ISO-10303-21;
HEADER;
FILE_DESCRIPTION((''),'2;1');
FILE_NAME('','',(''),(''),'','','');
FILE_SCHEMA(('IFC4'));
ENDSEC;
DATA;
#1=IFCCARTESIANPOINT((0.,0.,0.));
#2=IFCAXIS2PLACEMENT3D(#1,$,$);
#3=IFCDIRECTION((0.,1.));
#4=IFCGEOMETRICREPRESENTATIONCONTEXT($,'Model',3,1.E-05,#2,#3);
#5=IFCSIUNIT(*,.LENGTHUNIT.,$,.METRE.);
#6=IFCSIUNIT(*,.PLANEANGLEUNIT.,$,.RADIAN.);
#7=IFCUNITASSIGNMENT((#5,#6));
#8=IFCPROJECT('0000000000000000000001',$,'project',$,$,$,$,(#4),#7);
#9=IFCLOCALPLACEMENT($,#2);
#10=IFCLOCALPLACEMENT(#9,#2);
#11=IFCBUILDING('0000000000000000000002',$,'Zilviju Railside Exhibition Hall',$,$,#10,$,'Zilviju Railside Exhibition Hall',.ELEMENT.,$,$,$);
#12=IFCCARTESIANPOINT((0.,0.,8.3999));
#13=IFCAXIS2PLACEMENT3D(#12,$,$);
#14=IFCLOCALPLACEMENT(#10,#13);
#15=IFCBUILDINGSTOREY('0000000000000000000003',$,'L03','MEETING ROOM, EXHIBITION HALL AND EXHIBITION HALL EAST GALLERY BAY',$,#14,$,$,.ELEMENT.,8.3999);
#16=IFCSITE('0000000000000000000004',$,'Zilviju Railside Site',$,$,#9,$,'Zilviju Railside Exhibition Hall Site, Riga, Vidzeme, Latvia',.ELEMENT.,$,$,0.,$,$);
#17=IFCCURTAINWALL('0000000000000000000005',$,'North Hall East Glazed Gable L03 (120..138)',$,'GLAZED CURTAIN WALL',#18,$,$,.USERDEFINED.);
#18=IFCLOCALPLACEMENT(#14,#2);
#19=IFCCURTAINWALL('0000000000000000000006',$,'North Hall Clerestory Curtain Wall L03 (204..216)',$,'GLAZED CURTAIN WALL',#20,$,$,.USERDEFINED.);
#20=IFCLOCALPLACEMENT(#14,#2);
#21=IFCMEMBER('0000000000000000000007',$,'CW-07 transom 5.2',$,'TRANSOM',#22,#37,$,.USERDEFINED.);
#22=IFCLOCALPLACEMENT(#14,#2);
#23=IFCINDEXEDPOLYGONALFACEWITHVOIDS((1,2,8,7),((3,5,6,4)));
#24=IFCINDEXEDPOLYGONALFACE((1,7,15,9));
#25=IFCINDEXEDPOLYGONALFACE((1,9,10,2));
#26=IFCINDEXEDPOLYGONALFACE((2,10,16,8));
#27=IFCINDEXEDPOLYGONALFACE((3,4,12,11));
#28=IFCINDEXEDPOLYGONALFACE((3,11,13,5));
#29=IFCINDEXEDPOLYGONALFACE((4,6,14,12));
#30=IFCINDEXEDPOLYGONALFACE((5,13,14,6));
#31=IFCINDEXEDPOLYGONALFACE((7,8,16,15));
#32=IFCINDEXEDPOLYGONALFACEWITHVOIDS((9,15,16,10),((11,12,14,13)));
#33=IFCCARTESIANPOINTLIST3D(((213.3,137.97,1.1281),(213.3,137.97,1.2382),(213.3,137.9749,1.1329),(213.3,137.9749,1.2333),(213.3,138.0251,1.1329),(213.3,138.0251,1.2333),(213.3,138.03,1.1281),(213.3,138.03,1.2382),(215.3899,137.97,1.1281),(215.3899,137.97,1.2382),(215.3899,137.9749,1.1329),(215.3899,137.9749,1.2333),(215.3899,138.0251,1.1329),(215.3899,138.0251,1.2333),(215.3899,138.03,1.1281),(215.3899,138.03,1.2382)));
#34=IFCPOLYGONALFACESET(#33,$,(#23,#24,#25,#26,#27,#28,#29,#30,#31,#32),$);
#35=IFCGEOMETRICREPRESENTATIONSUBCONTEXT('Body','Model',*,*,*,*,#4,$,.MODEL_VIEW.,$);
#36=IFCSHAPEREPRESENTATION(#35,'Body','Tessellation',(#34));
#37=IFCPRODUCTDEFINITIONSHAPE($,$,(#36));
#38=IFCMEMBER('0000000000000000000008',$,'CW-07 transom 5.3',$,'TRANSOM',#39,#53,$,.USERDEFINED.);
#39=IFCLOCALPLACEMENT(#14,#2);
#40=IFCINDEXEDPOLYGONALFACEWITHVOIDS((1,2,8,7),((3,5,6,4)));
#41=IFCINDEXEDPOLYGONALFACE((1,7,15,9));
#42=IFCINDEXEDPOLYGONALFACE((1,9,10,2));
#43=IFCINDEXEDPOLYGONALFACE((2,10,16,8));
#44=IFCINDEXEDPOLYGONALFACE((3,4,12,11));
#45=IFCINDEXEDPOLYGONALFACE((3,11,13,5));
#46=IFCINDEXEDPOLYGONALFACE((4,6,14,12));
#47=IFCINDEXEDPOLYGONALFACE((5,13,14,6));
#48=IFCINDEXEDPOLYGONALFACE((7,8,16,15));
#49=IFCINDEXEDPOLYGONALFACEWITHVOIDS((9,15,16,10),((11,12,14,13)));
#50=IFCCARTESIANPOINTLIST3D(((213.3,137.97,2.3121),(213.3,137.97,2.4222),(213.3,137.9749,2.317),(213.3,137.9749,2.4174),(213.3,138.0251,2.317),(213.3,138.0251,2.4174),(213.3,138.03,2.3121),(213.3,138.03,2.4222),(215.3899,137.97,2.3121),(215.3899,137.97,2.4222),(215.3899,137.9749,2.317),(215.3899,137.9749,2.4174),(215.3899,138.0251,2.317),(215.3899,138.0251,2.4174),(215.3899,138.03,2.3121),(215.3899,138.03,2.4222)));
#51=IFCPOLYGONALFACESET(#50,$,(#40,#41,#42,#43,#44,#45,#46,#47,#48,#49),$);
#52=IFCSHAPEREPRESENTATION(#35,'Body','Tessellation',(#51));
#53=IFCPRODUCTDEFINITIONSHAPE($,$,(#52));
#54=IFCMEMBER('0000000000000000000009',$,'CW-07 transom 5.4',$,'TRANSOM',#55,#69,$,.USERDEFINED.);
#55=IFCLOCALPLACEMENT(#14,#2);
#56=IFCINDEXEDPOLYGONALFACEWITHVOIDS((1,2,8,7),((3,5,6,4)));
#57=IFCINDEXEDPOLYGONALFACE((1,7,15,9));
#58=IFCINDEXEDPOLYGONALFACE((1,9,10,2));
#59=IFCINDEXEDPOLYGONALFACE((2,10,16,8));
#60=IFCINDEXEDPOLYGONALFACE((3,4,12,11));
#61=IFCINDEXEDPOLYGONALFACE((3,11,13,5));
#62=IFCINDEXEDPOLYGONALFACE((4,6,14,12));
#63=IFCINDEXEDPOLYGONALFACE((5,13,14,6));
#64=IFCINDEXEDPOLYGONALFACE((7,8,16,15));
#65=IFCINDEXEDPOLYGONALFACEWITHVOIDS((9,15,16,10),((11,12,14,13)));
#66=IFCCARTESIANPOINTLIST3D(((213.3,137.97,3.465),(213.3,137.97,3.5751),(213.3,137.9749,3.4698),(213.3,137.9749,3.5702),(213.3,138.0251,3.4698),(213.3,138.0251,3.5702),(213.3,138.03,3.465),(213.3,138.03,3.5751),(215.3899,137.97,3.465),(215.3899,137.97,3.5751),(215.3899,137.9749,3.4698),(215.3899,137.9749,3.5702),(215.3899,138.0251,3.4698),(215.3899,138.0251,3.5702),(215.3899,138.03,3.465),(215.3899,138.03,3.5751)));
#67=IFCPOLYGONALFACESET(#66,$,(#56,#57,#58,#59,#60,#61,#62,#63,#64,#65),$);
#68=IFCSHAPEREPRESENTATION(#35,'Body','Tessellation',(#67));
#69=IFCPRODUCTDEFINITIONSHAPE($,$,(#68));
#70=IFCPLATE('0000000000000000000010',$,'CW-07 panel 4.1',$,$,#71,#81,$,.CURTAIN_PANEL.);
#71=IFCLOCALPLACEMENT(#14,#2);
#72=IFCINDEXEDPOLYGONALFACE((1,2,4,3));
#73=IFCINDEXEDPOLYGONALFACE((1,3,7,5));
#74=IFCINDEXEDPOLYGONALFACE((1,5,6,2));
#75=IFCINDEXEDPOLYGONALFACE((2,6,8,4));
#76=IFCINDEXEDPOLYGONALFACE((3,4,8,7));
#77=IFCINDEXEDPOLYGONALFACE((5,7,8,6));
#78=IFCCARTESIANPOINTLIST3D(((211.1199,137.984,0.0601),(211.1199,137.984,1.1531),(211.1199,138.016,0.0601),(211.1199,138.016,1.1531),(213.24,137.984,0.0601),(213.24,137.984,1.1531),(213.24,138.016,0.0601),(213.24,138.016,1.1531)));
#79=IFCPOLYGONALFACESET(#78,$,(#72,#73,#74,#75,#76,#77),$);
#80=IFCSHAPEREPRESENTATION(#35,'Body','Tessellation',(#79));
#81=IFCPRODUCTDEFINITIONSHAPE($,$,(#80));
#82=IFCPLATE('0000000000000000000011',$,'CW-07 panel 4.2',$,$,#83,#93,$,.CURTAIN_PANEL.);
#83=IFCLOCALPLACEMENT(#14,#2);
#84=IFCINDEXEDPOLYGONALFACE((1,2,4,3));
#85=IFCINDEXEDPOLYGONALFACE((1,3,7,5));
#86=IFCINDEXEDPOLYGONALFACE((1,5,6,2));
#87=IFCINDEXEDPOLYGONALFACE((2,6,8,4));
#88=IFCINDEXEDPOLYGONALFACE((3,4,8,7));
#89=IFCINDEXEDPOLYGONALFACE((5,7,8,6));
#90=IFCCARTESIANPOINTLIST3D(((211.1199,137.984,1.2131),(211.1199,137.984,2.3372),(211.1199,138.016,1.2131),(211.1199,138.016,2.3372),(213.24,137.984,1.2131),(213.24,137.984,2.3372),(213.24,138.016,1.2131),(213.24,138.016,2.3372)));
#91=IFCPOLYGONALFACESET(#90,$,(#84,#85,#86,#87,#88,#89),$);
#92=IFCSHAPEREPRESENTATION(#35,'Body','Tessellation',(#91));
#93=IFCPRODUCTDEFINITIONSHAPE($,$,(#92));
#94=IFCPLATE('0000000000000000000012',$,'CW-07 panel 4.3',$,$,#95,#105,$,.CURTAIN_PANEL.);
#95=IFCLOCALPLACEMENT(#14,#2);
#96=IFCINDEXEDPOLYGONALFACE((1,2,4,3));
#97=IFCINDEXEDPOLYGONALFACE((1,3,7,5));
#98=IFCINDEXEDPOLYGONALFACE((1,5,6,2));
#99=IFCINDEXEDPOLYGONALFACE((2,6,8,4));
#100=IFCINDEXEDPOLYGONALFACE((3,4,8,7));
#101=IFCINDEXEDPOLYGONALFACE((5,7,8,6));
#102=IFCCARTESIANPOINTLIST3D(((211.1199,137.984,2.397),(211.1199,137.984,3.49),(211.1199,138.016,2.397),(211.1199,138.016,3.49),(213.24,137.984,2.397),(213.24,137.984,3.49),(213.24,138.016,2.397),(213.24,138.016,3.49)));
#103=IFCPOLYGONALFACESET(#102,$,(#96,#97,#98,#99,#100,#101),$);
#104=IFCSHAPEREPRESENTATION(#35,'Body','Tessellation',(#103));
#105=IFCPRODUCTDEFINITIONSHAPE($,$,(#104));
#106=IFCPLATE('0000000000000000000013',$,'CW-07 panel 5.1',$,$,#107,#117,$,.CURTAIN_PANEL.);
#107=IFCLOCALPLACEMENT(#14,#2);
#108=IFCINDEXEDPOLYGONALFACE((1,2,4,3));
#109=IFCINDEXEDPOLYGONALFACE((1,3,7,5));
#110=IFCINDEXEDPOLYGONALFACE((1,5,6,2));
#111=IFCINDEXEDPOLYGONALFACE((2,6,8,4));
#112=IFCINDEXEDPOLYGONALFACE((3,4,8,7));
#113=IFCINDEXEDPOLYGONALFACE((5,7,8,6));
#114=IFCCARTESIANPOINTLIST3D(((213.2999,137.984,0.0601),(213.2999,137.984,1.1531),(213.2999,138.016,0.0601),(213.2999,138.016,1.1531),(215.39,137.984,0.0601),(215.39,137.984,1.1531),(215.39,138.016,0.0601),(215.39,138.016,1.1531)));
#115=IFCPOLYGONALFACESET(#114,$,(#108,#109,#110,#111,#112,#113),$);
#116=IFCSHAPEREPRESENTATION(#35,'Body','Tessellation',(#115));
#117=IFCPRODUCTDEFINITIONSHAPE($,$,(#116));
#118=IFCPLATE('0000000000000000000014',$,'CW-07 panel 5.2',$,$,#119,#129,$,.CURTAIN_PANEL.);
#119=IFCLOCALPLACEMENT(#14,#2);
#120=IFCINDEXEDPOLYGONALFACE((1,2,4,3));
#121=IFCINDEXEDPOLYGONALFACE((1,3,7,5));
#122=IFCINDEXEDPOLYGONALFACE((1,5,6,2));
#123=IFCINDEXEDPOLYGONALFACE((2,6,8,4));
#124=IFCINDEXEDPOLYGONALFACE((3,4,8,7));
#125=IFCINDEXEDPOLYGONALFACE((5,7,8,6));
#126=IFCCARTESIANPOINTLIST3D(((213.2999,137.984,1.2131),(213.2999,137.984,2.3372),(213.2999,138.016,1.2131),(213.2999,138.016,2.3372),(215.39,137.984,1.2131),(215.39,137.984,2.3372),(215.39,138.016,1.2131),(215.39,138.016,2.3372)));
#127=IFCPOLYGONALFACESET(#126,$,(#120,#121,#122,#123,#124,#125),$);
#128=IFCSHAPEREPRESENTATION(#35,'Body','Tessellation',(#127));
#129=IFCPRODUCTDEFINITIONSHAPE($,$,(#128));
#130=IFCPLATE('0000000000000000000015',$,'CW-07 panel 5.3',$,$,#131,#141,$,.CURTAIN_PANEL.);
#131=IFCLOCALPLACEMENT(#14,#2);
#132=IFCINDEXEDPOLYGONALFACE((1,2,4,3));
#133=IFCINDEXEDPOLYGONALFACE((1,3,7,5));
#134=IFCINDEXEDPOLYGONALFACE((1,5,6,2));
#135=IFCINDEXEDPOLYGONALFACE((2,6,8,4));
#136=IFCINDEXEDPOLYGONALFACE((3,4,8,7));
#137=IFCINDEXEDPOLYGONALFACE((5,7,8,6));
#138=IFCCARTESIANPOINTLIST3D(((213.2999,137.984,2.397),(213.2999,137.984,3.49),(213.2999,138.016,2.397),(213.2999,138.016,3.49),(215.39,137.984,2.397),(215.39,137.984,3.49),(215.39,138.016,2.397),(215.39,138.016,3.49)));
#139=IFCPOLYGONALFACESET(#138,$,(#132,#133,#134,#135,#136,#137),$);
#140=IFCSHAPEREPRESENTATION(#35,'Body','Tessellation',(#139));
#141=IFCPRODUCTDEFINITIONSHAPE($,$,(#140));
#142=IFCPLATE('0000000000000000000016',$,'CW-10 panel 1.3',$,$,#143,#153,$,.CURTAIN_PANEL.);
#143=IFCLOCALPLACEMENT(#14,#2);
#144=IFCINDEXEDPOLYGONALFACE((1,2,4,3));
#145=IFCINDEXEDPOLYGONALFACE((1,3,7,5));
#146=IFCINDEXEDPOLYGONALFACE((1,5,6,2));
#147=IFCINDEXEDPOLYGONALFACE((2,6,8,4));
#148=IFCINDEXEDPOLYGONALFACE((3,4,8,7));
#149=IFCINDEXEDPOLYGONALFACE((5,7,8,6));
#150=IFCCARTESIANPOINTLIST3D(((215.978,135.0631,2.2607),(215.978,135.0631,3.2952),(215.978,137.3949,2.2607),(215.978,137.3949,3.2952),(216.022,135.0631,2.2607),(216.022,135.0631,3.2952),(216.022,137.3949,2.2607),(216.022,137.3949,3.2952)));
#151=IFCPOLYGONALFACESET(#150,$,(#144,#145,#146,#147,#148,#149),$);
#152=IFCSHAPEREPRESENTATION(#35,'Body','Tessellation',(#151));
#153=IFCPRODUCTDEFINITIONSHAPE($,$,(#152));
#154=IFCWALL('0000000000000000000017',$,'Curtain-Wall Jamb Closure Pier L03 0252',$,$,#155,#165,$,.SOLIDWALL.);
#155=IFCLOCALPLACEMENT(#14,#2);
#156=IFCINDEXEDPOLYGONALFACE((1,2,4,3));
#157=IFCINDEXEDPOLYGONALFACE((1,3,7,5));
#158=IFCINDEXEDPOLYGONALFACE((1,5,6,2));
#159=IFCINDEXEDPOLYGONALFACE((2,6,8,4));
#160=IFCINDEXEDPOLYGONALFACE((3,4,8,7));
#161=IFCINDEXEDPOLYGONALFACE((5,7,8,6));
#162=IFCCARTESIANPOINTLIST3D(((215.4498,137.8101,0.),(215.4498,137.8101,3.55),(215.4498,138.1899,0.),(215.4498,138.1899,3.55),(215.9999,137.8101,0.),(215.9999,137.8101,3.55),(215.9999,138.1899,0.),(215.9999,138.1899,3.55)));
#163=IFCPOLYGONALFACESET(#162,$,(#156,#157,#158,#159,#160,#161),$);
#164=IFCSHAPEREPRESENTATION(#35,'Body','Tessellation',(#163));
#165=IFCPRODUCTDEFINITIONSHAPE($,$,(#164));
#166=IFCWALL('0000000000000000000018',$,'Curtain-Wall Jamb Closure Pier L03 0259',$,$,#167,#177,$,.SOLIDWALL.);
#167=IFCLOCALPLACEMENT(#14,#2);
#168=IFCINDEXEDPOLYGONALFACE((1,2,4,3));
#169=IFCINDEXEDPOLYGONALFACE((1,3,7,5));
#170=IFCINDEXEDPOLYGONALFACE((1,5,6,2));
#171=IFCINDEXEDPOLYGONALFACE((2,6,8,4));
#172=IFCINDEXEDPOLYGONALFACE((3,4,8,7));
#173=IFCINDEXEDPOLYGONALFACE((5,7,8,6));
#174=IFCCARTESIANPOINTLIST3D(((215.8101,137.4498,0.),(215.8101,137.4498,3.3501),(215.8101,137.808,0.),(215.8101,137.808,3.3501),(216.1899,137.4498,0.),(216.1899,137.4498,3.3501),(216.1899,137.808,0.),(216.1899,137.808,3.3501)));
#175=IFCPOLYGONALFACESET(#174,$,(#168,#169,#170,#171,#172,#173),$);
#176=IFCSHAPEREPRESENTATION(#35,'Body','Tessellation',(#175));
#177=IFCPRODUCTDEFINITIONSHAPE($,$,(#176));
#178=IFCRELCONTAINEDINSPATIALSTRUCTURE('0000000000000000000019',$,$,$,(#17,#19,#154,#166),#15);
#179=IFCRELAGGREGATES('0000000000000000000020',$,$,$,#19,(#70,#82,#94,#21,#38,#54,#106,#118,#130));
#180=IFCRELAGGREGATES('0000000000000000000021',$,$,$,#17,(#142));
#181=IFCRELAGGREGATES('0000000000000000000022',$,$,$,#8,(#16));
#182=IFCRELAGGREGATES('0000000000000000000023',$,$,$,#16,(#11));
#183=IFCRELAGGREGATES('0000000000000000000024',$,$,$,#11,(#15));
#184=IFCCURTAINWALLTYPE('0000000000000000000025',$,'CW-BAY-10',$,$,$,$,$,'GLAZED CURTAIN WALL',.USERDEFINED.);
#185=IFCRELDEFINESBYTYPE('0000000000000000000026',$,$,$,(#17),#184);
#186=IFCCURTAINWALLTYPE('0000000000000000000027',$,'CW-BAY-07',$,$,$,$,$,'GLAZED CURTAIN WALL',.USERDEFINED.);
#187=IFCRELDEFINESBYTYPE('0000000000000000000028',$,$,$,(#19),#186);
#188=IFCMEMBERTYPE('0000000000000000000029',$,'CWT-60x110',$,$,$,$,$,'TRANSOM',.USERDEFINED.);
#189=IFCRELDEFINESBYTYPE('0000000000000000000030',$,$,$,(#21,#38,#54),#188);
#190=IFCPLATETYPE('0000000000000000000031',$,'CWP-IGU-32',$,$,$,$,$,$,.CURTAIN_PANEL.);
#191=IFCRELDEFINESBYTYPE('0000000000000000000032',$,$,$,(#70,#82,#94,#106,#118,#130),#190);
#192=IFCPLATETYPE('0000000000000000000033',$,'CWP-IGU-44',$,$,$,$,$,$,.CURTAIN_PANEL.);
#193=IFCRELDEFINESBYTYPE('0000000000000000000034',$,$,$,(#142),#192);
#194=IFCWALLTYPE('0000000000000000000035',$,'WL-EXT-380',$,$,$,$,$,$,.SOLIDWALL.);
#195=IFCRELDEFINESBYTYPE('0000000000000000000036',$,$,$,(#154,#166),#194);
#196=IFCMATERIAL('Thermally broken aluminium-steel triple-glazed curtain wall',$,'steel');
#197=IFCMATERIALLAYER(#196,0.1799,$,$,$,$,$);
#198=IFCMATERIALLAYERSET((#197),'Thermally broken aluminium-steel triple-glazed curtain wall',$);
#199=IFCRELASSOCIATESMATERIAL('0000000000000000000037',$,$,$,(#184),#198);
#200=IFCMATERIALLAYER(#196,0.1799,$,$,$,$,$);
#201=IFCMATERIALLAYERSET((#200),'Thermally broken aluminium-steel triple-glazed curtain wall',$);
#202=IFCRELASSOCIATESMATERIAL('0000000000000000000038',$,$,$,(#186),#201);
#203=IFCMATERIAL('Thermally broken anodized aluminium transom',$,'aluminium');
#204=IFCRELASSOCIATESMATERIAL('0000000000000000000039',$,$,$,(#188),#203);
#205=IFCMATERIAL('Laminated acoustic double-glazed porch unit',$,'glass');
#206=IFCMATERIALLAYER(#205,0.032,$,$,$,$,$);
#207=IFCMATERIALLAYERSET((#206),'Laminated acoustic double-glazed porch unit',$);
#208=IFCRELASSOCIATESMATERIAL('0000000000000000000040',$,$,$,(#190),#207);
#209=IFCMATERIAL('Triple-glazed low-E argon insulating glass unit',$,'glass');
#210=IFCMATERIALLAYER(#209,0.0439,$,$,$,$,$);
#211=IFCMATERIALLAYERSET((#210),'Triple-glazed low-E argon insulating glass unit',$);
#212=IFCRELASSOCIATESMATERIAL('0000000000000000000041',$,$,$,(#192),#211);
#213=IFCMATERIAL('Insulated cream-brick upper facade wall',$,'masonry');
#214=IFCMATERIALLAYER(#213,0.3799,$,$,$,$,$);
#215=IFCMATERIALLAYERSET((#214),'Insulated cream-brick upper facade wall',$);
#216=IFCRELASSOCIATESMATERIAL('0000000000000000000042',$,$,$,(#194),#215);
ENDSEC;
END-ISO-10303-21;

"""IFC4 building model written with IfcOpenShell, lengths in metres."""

from ifc_helpers import new_model, si_unit, direction, frame, frame_2d, origin, origin_2d, place, context, subcontext, project, spatial, rectangle, hollow_rectangle, extrude, material, layer, layer_set, material_profile, profile_set, type_object, element, aggregate, save


model = new_model("IFC4")

# Units and contexts
model_context = context("Model", 3, precision=1e-05, world=origin(), true_north=direction((0.0, 1.0)))
body_context = subcontext(model_context, "Body", "Model", "MODEL_VIEW")
ifc_project = project(units=[si_unit("LENGTHUNIT", "METRE"), si_unit("PLANEANGLEUNIT", "RADIAN")], contexts=[model_context])

# Site, building, storey
site_placement = place(None, origin())
site = spatial("IfcSite", under=ifc_project, at=site_placement, Name="Zilviju Railside Site", LongName="Zilviju Railside Exhibition Hall Site, Riga, Vidzeme, Latvia", CompositionType="ELEMENT", RefElevation=0.0)
building_placement = place(site_placement, origin())
building = spatial("IfcBuilding", under=site, at=building_placement, Name="Zilviju Railside Exhibition Hall", LongName="Zilviju Railside Exhibition Hall", CompositionType="ELEMENT")
storey_placement = place(building_placement, frame((0.0, 0.0, 8.3999)))
storey = spatial("IfcBuildingStorey", under=building, at=storey_placement, Name="L03", Description="MEETING ROOM, EXHIBITION HALL AND EXHIBITION HALL EAST GALLERY BAY", CompositionType="ELEMENT", Elevation=8.3999)

# Curtain wall
ifc_material_1 = material(Name="Thermally broken aluminium-steel triple-glazed curtain wall", Category="steel")
ifc_layer_1 = layer(ifc_material_1, 0.1799)
ifc_layer_set_1 = layer_set([ifc_layer_1], Name="Thermally broken aluminium-steel triple-glazed curtain wall")
curtain_wall_type_1 = type_object("IfcCurtainWallType", Name="CW-BAY-10", ElementType="GLAZED CURTAIN WALL", PredefinedType="USERDEFINED", material=ifc_layer_set_1)
curtain_wall_1_placement = place(storey_placement, origin())
curtain_wall_1 = element("IfcCurtainWall", 1, at=curtain_wall_1_placement, inside=storey, type_object=curtain_wall_type_1, Name="North Hall East Glazed Gable L03 (120..138)", ObjectType="GLAZED CURTAIN WALL", PredefinedType="USERDEFINED")

# Curtain wall
ifc_layer_2 = layer(ifc_material_1, 0.1799)
ifc_layer_set_2 = layer_set([ifc_layer_2], Name="Thermally broken aluminium-steel triple-glazed curtain wall")
curtain_wall_type_2 = type_object("IfcCurtainWallType", Name="CW-BAY-07", ElementType="GLAZED CURTAIN WALL", PredefinedType="USERDEFINED", material=ifc_layer_set_2)
curtain_wall_2_placement = place(storey_placement, origin())
curtain_wall_2 = element("IfcCurtainWall", 2, at=curtain_wall_2_placement, inside=storey, type_object=curtain_wall_type_2, Name="North Hall Clerestory Curtain Wall L03 (204..216)", ObjectType="GLAZED CURTAIN WALL", PredefinedType="USERDEFINED")

# Members
ifc_material_2 = material(Name="Thermally broken anodized aluminium transom", Category="aluminium")
ifc_material_profile_1 = material_profile(ifc_material_2, hollow_rectangle(XDim=0.0601, YDim=0.1101, WallThickness=0.0049, at=origin_2d()), Name="TRANSOM 110x60x5")
ifc_profile_set_1 = profile_set([ifc_material_profile_1], Name="Thermally broken anodized aluminium transom")
member_type_1 = type_object("IfcMemberType", Name="CWT-60x110", ElementType="TRANSOM", PredefinedType="USERDEFINED", material=ifc_profile_set_1)
member_1_placement = place(storey_placement, frame((213.3, 138.0, 1.1831), z_axis=(1.0, 0.0, 0.0), x_axis=(0.0, 1.0, 0.0)))
member_1 = element("IfcMember", 3, at=member_1_placement, type_object=member_type_1, Name="CW-07 transom 5.2", ObjectType="TRANSOM", PredefinedType="USERDEFINED", context=body_context, shape_type="SweptSolid", body=[
    extrude(hollow_rectangle(XDim=0.0601, YDim=0.1101, WallThickness=0.0049, at=origin_2d()), origin(), (0.0, 0.0, 1.0), 2.0898),
])
member_2_placement = place(storey_placement, frame((213.3, 138.0, 2.3672), z_axis=(1.0, 0.0, 0.0), x_axis=(0.0, 1.0, 0.0)))
member_2 = element("IfcMember", 4, at=member_2_placement, type_object=member_type_1, Name="CW-07 transom 5.3", ObjectType="TRANSOM", PredefinedType="USERDEFINED", context=body_context, shape_type="SweptSolid", body=[
    extrude(hollow_rectangle(XDim=0.0601, YDim=0.1101, WallThickness=0.0049, at=origin_2d()), origin(), (0.0, 0.0, 1.0), 2.0898),
])
member_3_placement = place(storey_placement, frame((213.3, 138.0, 3.52), z_axis=(1.0, 0.0, 0.0), x_axis=(0.0, 1.0, 0.0)))
member_3 = element("IfcMember", 5, at=member_3_placement, type_object=member_type_1, Name="CW-07 transom 5.4", ObjectType="TRANSOM", PredefinedType="USERDEFINED", context=body_context, shape_type="SweptSolid", body=[
    extrude(hollow_rectangle(XDim=0.0601, YDim=0.1101, WallThickness=0.0049, at=origin_2d()), origin(), (0.0, 0.0, 1.0), 2.0898),
])

# Plates
ifc_material_3 = material(Name="Laminated acoustic double-glazed porch unit", Category="glass")
ifc_layer_3 = layer(ifc_material_3, 0.032)
ifc_layer_set_3 = layer_set([ifc_layer_3], Name="Laminated acoustic double-glazed porch unit")
plate_type_1 = type_object("IfcPlateType", Name="CWP-IGU-32", PredefinedType="CURTAIN_PANEL", material=ifc_layer_set_3)
plate_1_placement = place(storey_placement, frame((212.1799, 138.0, 0.0601), z_axis=(0.0, 0.0, 1.0), x_axis=(1.0, 0.0, 0.0)))
plate_1 = element("IfcPlate", 6, at=plate_1_placement, type_object=plate_type_1, Name="CW-07 panel 4.1", PredefinedType="CURTAIN_PANEL", context=body_context, shape_type="SweptSolid", body=[
    extrude(rectangle(XDim=2.1201, YDim=0.032, at=origin_2d()), origin(), (0.0, 0.0, 1.0), 1.093),
])
plate_2_placement = place(storey_placement, frame((212.1799, 138.0, 1.2131), z_axis=(0.0, 0.0, 1.0), x_axis=(1.0, 0.0, 0.0)))
plate_2 = element("IfcPlate", 7, at=plate_2_placement, type_object=plate_type_1, Name="CW-07 panel 4.2", PredefinedType="CURTAIN_PANEL", context=body_context, shape_type="SweptSolid", body=[
    extrude(rectangle(XDim=2.1201, YDim=0.032, at=origin_2d()), origin(), (0.0, 0.0, 1.0), 1.124),
])
plate_3_placement = place(storey_placement, frame((212.1799, 138.0, 2.397), z_axis=(0.0, 0.0, 1.0), x_axis=(1.0, 0.0, 0.0)))
plate_3 = element("IfcPlate", 8, at=plate_3_placement, type_object=plate_type_1, Name="CW-07 panel 4.3", PredefinedType="CURTAIN_PANEL", context=body_context, shape_type="SweptSolid", body=[
    extrude(rectangle(XDim=2.1201, YDim=0.032, at=origin_2d()), origin(), (0.0, 0.0, 1.0), 1.093),
])
plate_4_placement = place(storey_placement, frame((214.345, 138.0, 0.0601), z_axis=(0.0, 0.0, 1.0), x_axis=(1.0, 0.0, 0.0)))
plate_4 = element("IfcPlate", 9, at=plate_4_placement, type_object=plate_type_1, Name="CW-07 panel 5.1", PredefinedType="CURTAIN_PANEL", context=body_context, shape_type="SweptSolid", body=[
    extrude(rectangle(XDim=2.0901, YDim=0.032, at=origin_2d()), origin(), (0.0, 0.0, 1.0), 1.093),
])
plate_5_placement = place(storey_placement, frame((214.345, 138.0, 1.2131), z_axis=(0.0, 0.0, 1.0), x_axis=(1.0, 0.0, 0.0)))
plate_5 = element("IfcPlate", 10, at=plate_5_placement, type_object=plate_type_1, Name="CW-07 panel 5.2", PredefinedType="CURTAIN_PANEL", context=body_context, shape_type="SweptSolid", body=[
    extrude(rectangle(XDim=2.0901, YDim=0.032, at=origin_2d()), origin(), (0.0, 0.0, 1.0), 1.124),
])
plate_6_placement = place(storey_placement, frame((214.345, 138.0, 2.397), z_axis=(0.0, 0.0, 1.0), x_axis=(1.0, 0.0, 0.0)))
plate_6 = element("IfcPlate", 11, at=plate_6_placement, type_object=plate_type_1, Name="CW-07 panel 5.3", PredefinedType="CURTAIN_PANEL", context=body_context, shape_type="SweptSolid", body=[
    extrude(rectangle(XDim=2.0901, YDim=0.032, at=origin_2d()), origin(), (0.0, 0.0, 1.0), 1.093),
])
aggregate(curtain_wall_2, [plate_1, plate_2, plate_3, member_1, member_2, member_3, plate_4, plate_5, plate_6])
ifc_material_4 = material(Name="Triple-glazed low-E argon insulating glass unit", Category="glass")
ifc_layer_4 = layer(ifc_material_4, 0.0439)
ifc_layer_set_4 = layer_set([ifc_layer_4], Name="Triple-glazed low-E argon insulating glass unit")
plate_type_2 = type_object("IfcPlateType", Name="CWP-IGU-44", PredefinedType="CURTAIN_PANEL", material=ifc_layer_set_4)
plate_7_placement = place(storey_placement, frame((216.0, 136.229, 2.2607), z_axis=(0.0, 0.0, 1.0), x_axis=(0.0, -1.0, 0.0)))
plate_7 = element("IfcPlate", 12, at=plate_7_placement, type_object=plate_type_2, Name="CW-10 panel 1.3", PredefinedType="CURTAIN_PANEL", context=body_context, shape_type="SweptSolid", body=[
    extrude(rectangle(XDim=2.3318, YDim=0.0439, at=origin_2d()), origin(), (0.0, 0.0, 1.0), 1.0344),
])
aggregate(curtain_wall_1, [plate_7])

# Walls
ifc_material_5 = material(Name="Insulated cream-brick upper facade wall", Category="masonry")
ifc_layer_5 = layer(ifc_material_5, 0.3799)
ifc_layer_set_5 = layer_set([ifc_layer_5], Name="Insulated cream-brick upper facade wall")
wall_type = type_object("IfcWallType", Name="WL-EXT-380", PredefinedType="SOLIDWALL", material=ifc_layer_set_5)
wall_1_placement = place(storey_placement, frame((215.45, 138.0, 0.0), z_axis=(0.0, 0.0, 1.0), x_axis=(1.0, 0.0, 0.0)))
element("IfcWall", 13, at=wall_1_placement, inside=storey, type_object=wall_type, Name="Curtain-Wall Jamb Closure Pier L03 0252", PredefinedType="SOLIDWALL", context=body_context, shape_type="SweptSolid", body=[
    extrude(rectangle(XDim=0.55, YDim=0.3799, at=frame_2d((0.2749, 0.0))), origin(), (0.0, 0.0, 1.0), 3.55),
])
wall_2_placement = place(storey_placement, frame((216.0, 137.8081, 0.0), z_axis=(0.0, 0.0, 1.0), x_axis=(0.0, -1.0, 0.0)))
element("IfcWall", 14, at=wall_2_placement, inside=storey, type_object=wall_type, Name="Curtain-Wall Jamb Closure Pier L03 0259", PredefinedType="SOLIDWALL", context=body_context, shape_type="SweptSolid", body=[
    extrude(rectangle(XDim=0.3582, YDim=0.3799, at=frame_2d((0.1792, 0.0))), origin(), (0.0, 0.0, 1.0), 3.3501),
])

save(model, "model.ifc")
